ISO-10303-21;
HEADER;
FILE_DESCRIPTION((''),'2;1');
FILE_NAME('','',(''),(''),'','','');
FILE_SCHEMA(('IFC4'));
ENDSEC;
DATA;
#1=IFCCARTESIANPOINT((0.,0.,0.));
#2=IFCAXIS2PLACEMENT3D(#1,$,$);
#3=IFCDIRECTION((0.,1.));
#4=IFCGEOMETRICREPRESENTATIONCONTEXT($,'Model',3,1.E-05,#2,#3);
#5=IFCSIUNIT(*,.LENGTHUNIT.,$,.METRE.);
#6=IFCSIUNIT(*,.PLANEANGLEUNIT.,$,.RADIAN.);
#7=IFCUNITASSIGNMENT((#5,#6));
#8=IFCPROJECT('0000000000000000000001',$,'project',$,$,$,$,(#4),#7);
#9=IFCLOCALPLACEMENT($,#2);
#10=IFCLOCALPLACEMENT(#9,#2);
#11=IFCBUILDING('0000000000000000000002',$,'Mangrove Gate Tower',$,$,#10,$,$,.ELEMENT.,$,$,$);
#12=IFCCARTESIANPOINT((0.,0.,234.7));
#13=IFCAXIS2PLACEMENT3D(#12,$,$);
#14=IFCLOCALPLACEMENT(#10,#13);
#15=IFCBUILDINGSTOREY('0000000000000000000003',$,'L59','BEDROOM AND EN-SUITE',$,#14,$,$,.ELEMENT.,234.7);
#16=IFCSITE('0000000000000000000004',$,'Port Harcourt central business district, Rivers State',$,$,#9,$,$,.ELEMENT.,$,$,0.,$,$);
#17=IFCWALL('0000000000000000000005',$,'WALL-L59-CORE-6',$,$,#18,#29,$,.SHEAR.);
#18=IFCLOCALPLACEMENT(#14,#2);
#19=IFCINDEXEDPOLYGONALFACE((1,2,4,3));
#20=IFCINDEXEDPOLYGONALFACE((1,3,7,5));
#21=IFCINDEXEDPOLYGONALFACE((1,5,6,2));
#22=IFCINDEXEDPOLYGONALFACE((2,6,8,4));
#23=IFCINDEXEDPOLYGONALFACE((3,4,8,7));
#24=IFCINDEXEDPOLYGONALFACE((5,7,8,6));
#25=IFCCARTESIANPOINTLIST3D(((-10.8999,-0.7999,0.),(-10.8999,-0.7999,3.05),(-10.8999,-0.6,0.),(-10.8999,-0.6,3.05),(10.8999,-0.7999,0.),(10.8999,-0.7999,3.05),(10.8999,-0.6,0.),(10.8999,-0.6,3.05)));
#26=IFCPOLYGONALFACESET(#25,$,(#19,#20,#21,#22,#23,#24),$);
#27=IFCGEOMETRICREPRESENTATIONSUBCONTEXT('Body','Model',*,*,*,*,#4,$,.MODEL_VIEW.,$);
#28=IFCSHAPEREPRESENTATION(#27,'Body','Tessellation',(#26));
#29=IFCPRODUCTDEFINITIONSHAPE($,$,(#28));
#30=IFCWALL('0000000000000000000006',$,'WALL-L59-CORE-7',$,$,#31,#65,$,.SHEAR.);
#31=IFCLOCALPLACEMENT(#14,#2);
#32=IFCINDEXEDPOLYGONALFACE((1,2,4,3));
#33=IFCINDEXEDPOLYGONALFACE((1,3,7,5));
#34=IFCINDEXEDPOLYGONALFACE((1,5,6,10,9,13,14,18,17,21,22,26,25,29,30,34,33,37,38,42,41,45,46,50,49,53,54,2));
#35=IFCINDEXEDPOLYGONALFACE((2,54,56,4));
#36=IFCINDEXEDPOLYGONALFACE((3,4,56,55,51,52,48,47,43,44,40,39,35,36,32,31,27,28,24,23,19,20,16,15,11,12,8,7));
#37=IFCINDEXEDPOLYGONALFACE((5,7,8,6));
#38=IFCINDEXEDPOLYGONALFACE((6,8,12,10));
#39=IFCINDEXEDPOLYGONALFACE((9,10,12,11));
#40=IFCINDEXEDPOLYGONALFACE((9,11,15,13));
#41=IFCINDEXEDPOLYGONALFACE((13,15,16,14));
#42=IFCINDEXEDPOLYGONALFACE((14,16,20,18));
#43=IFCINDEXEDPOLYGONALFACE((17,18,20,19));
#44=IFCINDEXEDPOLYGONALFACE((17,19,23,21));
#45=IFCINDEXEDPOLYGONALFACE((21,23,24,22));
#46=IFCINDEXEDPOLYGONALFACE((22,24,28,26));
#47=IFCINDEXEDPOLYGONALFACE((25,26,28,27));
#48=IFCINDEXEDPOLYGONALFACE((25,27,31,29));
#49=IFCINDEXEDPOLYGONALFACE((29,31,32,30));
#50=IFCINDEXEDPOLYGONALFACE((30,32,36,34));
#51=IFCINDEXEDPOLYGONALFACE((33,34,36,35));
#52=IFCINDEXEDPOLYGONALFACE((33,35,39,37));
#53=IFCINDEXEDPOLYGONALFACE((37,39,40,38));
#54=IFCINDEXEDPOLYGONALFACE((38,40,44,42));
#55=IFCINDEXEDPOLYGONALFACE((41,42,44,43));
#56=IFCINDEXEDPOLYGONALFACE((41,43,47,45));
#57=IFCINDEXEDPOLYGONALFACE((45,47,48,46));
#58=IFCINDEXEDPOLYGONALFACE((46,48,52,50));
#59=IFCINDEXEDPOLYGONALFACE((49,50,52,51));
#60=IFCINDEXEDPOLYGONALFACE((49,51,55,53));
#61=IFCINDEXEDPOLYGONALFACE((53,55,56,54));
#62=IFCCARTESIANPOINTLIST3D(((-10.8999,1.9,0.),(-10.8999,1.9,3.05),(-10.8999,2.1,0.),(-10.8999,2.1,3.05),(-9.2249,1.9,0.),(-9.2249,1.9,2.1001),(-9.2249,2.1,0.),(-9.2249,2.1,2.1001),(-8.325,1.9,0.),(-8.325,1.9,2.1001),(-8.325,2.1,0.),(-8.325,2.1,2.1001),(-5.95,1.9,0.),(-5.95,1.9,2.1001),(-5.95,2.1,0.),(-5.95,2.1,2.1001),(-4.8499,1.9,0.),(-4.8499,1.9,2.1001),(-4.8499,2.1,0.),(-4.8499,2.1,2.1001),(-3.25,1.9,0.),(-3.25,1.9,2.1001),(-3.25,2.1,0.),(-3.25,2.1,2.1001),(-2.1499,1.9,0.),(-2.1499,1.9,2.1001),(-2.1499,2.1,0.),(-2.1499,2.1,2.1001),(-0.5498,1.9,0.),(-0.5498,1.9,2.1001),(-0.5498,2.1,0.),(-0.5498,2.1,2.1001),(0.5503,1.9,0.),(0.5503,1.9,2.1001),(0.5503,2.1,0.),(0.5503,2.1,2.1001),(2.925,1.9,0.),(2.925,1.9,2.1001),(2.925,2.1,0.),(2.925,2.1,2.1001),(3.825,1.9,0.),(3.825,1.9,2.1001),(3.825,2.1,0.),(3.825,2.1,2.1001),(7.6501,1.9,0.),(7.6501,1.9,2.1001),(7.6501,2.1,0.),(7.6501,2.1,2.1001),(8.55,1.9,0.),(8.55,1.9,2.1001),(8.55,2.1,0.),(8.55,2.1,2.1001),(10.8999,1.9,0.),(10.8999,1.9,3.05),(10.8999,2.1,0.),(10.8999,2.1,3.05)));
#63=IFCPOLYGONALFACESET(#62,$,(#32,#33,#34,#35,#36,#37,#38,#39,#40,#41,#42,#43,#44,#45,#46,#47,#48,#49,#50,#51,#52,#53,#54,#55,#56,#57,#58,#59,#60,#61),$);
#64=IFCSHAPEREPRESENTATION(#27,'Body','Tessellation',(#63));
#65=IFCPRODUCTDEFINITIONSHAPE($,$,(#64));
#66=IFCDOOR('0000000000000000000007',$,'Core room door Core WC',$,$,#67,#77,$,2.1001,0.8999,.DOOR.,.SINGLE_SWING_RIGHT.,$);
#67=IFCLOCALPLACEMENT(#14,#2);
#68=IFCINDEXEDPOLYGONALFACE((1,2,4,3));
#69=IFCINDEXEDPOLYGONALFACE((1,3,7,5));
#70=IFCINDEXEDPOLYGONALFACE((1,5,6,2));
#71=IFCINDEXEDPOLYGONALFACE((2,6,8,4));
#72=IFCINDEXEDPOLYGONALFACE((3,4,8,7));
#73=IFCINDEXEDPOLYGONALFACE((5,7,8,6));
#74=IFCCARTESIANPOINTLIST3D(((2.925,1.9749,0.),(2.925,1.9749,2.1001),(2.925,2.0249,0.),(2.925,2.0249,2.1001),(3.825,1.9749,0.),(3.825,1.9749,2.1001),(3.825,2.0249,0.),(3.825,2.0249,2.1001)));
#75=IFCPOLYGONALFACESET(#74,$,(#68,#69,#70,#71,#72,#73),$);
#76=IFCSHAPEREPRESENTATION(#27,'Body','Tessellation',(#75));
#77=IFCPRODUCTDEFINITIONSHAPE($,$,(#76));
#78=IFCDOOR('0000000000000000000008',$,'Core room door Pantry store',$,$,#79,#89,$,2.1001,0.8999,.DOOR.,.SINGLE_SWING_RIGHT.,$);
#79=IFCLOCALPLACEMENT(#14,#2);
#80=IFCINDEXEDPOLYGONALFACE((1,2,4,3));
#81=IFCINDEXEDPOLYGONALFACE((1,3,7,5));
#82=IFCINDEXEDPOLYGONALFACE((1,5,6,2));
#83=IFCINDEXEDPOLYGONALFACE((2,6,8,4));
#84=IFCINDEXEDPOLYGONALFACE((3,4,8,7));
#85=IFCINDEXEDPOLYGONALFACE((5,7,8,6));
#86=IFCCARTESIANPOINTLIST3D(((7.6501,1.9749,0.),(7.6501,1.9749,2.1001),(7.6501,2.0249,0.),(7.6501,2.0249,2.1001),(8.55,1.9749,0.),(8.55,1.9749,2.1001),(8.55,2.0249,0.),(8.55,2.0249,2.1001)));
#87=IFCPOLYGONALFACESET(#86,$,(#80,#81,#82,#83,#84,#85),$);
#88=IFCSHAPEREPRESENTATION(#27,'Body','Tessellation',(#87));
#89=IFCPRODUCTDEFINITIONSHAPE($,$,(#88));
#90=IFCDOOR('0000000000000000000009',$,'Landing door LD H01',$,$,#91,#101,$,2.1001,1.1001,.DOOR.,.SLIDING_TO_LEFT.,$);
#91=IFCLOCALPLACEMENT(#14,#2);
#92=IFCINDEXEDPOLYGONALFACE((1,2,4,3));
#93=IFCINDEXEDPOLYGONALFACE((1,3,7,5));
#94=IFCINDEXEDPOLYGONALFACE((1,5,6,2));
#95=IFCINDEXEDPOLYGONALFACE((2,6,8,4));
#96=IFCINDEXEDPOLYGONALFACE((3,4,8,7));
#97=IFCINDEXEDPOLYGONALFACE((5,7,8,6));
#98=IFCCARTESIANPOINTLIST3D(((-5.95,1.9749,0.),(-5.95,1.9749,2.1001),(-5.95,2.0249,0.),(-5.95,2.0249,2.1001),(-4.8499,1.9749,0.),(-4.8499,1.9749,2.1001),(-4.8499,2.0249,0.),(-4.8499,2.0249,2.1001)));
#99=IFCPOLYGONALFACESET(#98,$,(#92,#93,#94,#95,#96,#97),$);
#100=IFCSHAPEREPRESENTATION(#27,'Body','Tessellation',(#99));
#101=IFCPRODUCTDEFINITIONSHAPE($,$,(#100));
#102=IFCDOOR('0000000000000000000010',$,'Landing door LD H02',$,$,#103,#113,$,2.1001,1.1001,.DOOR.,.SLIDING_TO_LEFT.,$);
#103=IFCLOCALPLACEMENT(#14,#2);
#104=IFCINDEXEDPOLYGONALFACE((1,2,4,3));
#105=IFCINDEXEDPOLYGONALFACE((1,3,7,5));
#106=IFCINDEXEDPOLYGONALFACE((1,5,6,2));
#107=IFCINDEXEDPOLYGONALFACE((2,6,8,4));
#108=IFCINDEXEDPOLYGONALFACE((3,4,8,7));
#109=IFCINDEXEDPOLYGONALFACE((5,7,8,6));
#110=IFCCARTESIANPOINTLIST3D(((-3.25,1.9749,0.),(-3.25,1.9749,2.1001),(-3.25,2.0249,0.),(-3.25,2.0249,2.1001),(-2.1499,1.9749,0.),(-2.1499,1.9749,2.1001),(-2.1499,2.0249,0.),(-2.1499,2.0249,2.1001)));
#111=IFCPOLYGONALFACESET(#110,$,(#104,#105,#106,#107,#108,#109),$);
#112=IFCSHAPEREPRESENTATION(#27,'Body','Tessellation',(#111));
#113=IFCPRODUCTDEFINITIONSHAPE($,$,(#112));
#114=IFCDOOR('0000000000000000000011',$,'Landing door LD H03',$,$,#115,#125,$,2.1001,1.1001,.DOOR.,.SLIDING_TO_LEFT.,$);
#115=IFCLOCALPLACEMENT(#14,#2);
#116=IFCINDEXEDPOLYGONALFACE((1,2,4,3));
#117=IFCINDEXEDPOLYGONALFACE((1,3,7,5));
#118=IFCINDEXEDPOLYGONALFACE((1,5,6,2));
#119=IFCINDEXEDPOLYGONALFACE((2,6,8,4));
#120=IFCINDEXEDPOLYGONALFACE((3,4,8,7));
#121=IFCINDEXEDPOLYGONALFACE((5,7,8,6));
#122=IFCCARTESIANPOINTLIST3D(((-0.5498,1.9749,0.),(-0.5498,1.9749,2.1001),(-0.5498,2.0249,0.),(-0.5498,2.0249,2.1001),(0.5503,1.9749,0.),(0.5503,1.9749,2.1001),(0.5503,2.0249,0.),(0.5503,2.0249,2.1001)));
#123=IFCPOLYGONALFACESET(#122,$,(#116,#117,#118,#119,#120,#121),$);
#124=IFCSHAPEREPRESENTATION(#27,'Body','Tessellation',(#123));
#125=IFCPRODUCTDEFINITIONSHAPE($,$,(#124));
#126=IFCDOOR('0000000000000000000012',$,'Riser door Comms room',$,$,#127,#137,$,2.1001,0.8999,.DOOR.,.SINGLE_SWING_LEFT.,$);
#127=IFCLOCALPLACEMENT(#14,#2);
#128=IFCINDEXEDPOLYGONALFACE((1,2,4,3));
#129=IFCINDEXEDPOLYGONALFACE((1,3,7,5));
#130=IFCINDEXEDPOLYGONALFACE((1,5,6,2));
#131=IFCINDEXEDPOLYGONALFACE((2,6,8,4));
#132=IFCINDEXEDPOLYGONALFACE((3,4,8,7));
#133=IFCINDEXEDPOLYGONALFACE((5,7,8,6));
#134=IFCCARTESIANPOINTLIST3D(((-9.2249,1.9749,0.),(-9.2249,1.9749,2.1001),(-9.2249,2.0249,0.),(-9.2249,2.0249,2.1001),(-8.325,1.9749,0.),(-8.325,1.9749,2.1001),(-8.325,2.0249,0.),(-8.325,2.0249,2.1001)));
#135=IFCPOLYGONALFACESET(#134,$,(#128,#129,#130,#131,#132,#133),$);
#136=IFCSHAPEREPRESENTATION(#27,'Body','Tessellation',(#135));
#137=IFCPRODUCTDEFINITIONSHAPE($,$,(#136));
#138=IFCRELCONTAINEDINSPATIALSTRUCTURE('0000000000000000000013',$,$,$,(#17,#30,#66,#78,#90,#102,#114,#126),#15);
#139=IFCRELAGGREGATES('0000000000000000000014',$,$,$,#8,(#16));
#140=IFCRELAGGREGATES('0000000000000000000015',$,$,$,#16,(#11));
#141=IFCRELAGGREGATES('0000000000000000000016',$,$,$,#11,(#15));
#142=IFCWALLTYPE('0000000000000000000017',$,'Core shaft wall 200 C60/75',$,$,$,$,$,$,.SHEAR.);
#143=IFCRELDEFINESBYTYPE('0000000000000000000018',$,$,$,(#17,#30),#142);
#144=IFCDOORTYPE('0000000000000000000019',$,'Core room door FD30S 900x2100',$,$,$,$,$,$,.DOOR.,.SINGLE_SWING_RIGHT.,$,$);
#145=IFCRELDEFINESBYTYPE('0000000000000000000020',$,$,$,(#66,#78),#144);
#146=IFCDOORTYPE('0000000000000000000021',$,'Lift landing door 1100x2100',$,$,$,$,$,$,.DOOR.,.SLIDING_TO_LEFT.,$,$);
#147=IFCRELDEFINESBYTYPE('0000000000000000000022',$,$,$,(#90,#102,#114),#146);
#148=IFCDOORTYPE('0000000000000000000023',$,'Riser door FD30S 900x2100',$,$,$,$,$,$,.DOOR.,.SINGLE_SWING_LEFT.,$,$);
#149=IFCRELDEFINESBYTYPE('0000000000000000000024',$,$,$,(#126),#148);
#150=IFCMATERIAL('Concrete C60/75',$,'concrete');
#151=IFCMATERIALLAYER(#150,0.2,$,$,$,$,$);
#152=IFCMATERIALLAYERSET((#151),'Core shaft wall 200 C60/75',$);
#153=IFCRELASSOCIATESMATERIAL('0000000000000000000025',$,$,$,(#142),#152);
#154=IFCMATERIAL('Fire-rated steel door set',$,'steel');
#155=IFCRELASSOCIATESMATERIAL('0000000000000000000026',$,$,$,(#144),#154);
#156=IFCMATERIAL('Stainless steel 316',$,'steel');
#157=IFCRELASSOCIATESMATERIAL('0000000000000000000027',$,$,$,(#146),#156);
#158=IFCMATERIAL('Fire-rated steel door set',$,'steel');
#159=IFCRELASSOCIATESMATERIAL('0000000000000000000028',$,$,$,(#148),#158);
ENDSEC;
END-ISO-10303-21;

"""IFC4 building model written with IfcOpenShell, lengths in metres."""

from ifc_helpers import new_model, si_unit, direction, frame, frame_2d, origin, place, context, subcontext, project, spatial, rectangle, extrude, material, layer, layer_set, type_object, element, fill, save


model = new_model("IFC4")

# Units and contexts
model_context = context("Model", 3, precision=1e-05, world=origin(), true_north=direction((0.0, 1.0)))
body_context = subcontext(model_context, "Body", "Model", "MODEL_VIEW")
ifc_project = project(units=[si_unit("LENGTHUNIT", "METRE"), si_unit("PLANEANGLEUNIT", "RADIAN")], contexts=[model_context])

# Site, building, storey
site_placement = place(None, origin())
site = spatial("IfcSite", under=ifc_project, at=site_placement, Name="Port Harcourt central business district, Rivers State", CompositionType="ELEMENT", RefElevation=0.0)
building_placement = place(site_placement, origin())
building = spatial("IfcBuilding", under=site, at=building_placement, Name="Mangrove Gate Tower", CompositionType="ELEMENT")
storey_placement = place(building_placement, frame((0.0, 0.0, 234.7)))
storey = spatial("IfcBuildingStorey", under=building, at=storey_placement, Name="L59", Description="BEDROOM AND EN-SUITE", CompositionType="ELEMENT", Elevation=234.7)

# Wall
ifc_material_1 = material(Name="Concrete C60/75", Category="concrete")
ifc_layer_1 = layer(ifc_material_1, 0.2)
ifc_layer_set_1 = layer_set([ifc_layer_1], Name="Core shaft wall 200 C60/75")
wall_type_1 = type_object("IfcWallType", Name="Core shaft wall 200 C60/75", PredefinedType="SHEAR", material=ifc_layer_set_1)
wall_1_placement = place(storey_placement, frame((-10.8999, -0.7, 0.0), z_axis=(0.0, 0.0, 1.0), x_axis=(1.0, 0.0, 0.0)))
element("IfcWall", 1, at=wall_1_placement, inside=storey, type_object=wall_type_1, Name="WALL-L59-CORE-6", PredefinedType="SHEAR", context=body_context, shape_type="SweptSolid", body=[
    extrude(rectangle(XDim=21.7998, YDim=0.2, at=frame_2d((10.8999, 0.0))), origin(), (0.0, 0.0, 1.0), 3.05),
])

# Wall, openings, doors
wall_2_placement = place(storey_placement, frame((-10.8999, 2.0, 0.0), z_axis=(0.0, 0.0, 1.0), x_axis=(1.0, 0.0, 0.0)))
wall_2 = element("IfcWall", 2, at=wall_2_placement, inside=storey, type_object=wall_type_1, Name="WALL-L59-CORE-7", PredefinedType="SHEAR", context=body_context, shape_type="SweptSolid", body=[
    extrude(rectangle(XDim=21.7998, YDim=0.2, at=frame_2d((10.8999, 0.0))), origin(), (0.0, 0.0, 1.0), 3.05),
])
opening_1_placement = place(wall_2_placement, frame((4.95, 0.0, 0.0)))
opening_1 = element("IfcOpeningElement", 3, at=opening_1_placement, cuts=wall_2, PredefinedType="OPENING", context=body_context, shape_type="SweptSolid", body=[
    extrude(rectangle(XDim=1.1001, YDim=2.1001, at=frame_2d((0.55, 1.05))), frame((0.0, 0.1099, 0.0), z_axis=(0.0, -1.0, 0.0), x_axis=(1.0, 0.0, 0.0)), (0.0, 0.0, 1.0), 0.22),
])
opening_2_placement = place(wall_2_placement, frame((7.6499, 0.0, 0.0)))
opening_2 = element("IfcOpeningElement", 4, at=opening_2_placement, cuts=wall_2, PredefinedType="OPENING", context=body_context, shape_type="SweptSolid", body=[
    extrude(rectangle(XDim=1.1001, YDim=2.1001, at=frame_2d((0.55, 1.05))), frame((0.0, 0.1099, 0.0), z_axis=(0.0, -1.0, 0.0), x_axis=(1.0, 0.0, 0.0)), (0.0, 0.0, 1.0), 0.22),
])
opening_3_placement = place(wall_2_placement, frame((10.3501, 0.0, 0.0)))
opening_3 = element("IfcOpeningElement", 5, at=opening_3_placement, cuts=wall_2, PredefinedType="OPENING", context=body_context, shape_type="SweptSolid", body=[
    extrude(rectangle(XDim=1.1001, YDim=2.1001, at=frame_2d((0.55, 1.05))), frame((0.0, 0.1099, 0.0), z_axis=(0.0, -1.0, 0.0), x_axis=(1.0, 0.0, 0.0)), (0.0, 0.0, 1.0), 0.22),
])
opening_4_placement = place(wall_2_placement, frame((1.675, 0.0, 0.0)))
opening_4 = element("IfcOpeningElement", 6, at=opening_4_placement, cuts=wall_2, PredefinedType="OPENING", context=body_context, shape_type="SweptSolid", body=[
    extrude(rectangle(XDim=0.8999, YDim=2.1001, at=frame_2d((0.45, 1.05))), frame((0.0, 0.1099, 0.0), z_axis=(0.0, -1.0, 0.0), x_axis=(1.0, 0.0, 0.0)), (0.0, 0.0, 1.0), 0.22),
])
opening_5_placement = place(wall_2_placement, frame((13.825, 0.0, 0.0)))
opening_5 = element("IfcOpeningElement", 7, at=opening_5_placement, cuts=wall_2, PredefinedType="OPENING", context=body_context, shape_type="SweptSolid", body=[
    extrude(rectangle(XDim=0.8999, YDim=2.1001, at=frame_2d((0.45, 1.05))), frame((0.0, 0.1099, 0.0), z_axis=(0.0, -1.0, 0.0), x_axis=(1.0, 0.0, 0.0)), (0.0, 0.0, 1.0), 0.22),
])
opening_6_placement = place(wall_2_placement, frame((18.55, 0.0, 0.0)))
opening_6 = element("IfcOpeningElement", 8, at=opening_6_placement, cuts=wall_2, PredefinedType="OPENING", context=body_context, shape_type="SweptSolid", body=[
    extrude(rectangle(XDim=0.8999, YDim=2.1001, at=frame_2d((0.45, 1.05))), frame((0.0, 0.1099, 0.0), z_axis=(0.0, -1.0, 0.0), x_axis=(1.0, 0.0, 0.0)), (0.0, 0.0, 1.0), 0.22),
])
ifc_material_2 = material(Name="Fire-rated steel door set", Category="steel")
door_type_1 = type_object("IfcDoorType", Name="Core room door FD30S 900x2100", OperationType="SINGLE_SWING_RIGHT", PredefinedType="DOOR", material=ifc_material_2)
door_1_placement = place(opening_5_placement, origin())
door_1 = element("IfcDoor", 9, at=door_1_placement, inside=storey, type_object=door_type_1, Name="Core room door Core WC", OperationType="SINGLE_SWING_RIGHT", OverallHeight=2.1001, OverallWidth=0.8999, PredefinedType="DOOR", context=body_context, shape_type="SweptSolid", body=[
    extrude(rectangle(XDim=0.8999, YDim=2.1001, at=frame_2d((0.45, 1.05))), frame((0.0, 0.0249, 0.0), z_axis=(0.0, -1.0, 0.0), x_axis=(1.0, 0.0, 0.0)), (0.0, 0.0, 1.0), 0.05),
])
fill(opening_5, door_1)
door_2_placement = place(opening_6_placement, origin())
door_2 = element("IfcDoor", 10, at=door_2_placement, inside=storey, type_object=door_type_1, Name="Core room door Pantry store", OperationType="SINGLE_SWING_RIGHT", OverallHeight=2.1001, OverallWidth=0.8999, PredefinedType="DOOR", context=body_context, shape_type="SweptSolid", body=[
    extrude(rectangle(XDim=0.8999, YDim=2.1001, at=frame_2d((0.45, 1.05))), frame((0.0, 0.0249, 0.0), z_axis=(0.0, -1.0, 0.0), x_axis=(1.0, 0.0, 0.0)), (0.0, 0.0, 1.0), 0.05),
])
fill(opening_6, door_2)
ifc_material_3 = material(Name="Stainless steel 316", Category="steel")
door_type_2 = type_object("IfcDoorType", Name="Lift landing door 1100x2100", OperationType="SLIDING_TO_LEFT", PredefinedType="DOOR", material=ifc_material_3)
door_3_placement = place(opening_1_placement, origin())
door_3 = element("IfcDoor", 11, at=door_3_placement, inside=storey, type_object=door_type_2, Name="Landing door LD H01", OperationType="SLIDING_TO_LEFT", OverallHeight=2.1001, OverallWidth=1.1001, PredefinedType="DOOR", context=body_context, shape_type="SweptSolid", body=[
    extrude(rectangle(XDim=1.1001, YDim=2.1001, at=frame_2d((0.55, 1.05))), frame((0.0, 0.0249, 0.0), z_axis=(0.0, -1.0, 0.0), x_axis=(1.0, 0.0, 0.0)), (0.0, 0.0, 1.0), 0.05),
])
fill(opening_1, door_3)
door_4_placement = place(opening_2_placement, origin())
door_4 = element("IfcDoor", 12, at=door_4_placement, inside=storey, type_object=door_type_2, Name="Landing door LD H02", OperationType="SLIDING_TO_LEFT", OverallHeight=2.1001, OverallWidth=1.1001, PredefinedType="DOOR", context=body_context, shape_type="SweptSolid", body=[
    extrude(rectangle(XDim=1.1001, YDim=2.1001, at=frame_2d((0.55, 1.05))), frame((0.0, 0.0249, 0.0), z_axis=(0.0, -1.0, 0.0), x_axis=(1.0, 0.0, 0.0)), (0.0, 0.0, 1.0), 0.05),
])
fill(opening_2, door_4)
door_5_placement = place(opening_3_placement, origin())
door_5 = element("IfcDoor", 13, at=door_5_placement, inside=storey, type_object=door_type_2, Name="Landing door LD H03", OperationType="SLIDING_TO_LEFT", OverallHeight=2.1001, OverallWidth=1.1001, PredefinedType="DOOR", context=body_context, shape_type="SweptSolid", body=[
    extrude(rectangle(XDim=1.1001, YDim=2.1001, at=frame_2d((0.55, 1.05))), frame((0.0, 0.0249, 0.0), z_axis=(0.0, -1.0, 0.0), x_axis=(1.0, 0.0, 0.0)), (0.0, 0.0, 1.0), 0.05),
])
fill(opening_3, door_5)
ifc_material_4 = material(Name="Fire-rated steel door set", Category="steel")
door_type_3 = type_object("IfcDoorType", Name="Riser door FD30S 900x2100", OperationType="SINGLE_SWING_LEFT", PredefinedType="DOOR", material=ifc_material_4)
door_6_placement = place(opening_4_placement, origin())
door_6 = element("IfcDoor", 14, at=door_6_placement, inside=storey, type_object=door_type_3, Name="Riser door Comms room", OperationType="SINGLE_SWING_LEFT", OverallHeight=2.1001, OverallWidth=0.8999, PredefinedType="DOOR", context=body_context, shape_type="SweptSolid", body=[
    extrude(rectangle(XDim=0.8999, YDim=2.1001, at=frame_2d((0.45, 1.05))), frame((0.0, 0.0249, 0.0), z_axis=(0.0, -1.0, 0.0), x_axis=(1.0, 0.0, 0.0)), (0.0, 0.0, 1.0), 0.05),
])
fill(opening_4, door_6)

save(model, "model.ifc")
